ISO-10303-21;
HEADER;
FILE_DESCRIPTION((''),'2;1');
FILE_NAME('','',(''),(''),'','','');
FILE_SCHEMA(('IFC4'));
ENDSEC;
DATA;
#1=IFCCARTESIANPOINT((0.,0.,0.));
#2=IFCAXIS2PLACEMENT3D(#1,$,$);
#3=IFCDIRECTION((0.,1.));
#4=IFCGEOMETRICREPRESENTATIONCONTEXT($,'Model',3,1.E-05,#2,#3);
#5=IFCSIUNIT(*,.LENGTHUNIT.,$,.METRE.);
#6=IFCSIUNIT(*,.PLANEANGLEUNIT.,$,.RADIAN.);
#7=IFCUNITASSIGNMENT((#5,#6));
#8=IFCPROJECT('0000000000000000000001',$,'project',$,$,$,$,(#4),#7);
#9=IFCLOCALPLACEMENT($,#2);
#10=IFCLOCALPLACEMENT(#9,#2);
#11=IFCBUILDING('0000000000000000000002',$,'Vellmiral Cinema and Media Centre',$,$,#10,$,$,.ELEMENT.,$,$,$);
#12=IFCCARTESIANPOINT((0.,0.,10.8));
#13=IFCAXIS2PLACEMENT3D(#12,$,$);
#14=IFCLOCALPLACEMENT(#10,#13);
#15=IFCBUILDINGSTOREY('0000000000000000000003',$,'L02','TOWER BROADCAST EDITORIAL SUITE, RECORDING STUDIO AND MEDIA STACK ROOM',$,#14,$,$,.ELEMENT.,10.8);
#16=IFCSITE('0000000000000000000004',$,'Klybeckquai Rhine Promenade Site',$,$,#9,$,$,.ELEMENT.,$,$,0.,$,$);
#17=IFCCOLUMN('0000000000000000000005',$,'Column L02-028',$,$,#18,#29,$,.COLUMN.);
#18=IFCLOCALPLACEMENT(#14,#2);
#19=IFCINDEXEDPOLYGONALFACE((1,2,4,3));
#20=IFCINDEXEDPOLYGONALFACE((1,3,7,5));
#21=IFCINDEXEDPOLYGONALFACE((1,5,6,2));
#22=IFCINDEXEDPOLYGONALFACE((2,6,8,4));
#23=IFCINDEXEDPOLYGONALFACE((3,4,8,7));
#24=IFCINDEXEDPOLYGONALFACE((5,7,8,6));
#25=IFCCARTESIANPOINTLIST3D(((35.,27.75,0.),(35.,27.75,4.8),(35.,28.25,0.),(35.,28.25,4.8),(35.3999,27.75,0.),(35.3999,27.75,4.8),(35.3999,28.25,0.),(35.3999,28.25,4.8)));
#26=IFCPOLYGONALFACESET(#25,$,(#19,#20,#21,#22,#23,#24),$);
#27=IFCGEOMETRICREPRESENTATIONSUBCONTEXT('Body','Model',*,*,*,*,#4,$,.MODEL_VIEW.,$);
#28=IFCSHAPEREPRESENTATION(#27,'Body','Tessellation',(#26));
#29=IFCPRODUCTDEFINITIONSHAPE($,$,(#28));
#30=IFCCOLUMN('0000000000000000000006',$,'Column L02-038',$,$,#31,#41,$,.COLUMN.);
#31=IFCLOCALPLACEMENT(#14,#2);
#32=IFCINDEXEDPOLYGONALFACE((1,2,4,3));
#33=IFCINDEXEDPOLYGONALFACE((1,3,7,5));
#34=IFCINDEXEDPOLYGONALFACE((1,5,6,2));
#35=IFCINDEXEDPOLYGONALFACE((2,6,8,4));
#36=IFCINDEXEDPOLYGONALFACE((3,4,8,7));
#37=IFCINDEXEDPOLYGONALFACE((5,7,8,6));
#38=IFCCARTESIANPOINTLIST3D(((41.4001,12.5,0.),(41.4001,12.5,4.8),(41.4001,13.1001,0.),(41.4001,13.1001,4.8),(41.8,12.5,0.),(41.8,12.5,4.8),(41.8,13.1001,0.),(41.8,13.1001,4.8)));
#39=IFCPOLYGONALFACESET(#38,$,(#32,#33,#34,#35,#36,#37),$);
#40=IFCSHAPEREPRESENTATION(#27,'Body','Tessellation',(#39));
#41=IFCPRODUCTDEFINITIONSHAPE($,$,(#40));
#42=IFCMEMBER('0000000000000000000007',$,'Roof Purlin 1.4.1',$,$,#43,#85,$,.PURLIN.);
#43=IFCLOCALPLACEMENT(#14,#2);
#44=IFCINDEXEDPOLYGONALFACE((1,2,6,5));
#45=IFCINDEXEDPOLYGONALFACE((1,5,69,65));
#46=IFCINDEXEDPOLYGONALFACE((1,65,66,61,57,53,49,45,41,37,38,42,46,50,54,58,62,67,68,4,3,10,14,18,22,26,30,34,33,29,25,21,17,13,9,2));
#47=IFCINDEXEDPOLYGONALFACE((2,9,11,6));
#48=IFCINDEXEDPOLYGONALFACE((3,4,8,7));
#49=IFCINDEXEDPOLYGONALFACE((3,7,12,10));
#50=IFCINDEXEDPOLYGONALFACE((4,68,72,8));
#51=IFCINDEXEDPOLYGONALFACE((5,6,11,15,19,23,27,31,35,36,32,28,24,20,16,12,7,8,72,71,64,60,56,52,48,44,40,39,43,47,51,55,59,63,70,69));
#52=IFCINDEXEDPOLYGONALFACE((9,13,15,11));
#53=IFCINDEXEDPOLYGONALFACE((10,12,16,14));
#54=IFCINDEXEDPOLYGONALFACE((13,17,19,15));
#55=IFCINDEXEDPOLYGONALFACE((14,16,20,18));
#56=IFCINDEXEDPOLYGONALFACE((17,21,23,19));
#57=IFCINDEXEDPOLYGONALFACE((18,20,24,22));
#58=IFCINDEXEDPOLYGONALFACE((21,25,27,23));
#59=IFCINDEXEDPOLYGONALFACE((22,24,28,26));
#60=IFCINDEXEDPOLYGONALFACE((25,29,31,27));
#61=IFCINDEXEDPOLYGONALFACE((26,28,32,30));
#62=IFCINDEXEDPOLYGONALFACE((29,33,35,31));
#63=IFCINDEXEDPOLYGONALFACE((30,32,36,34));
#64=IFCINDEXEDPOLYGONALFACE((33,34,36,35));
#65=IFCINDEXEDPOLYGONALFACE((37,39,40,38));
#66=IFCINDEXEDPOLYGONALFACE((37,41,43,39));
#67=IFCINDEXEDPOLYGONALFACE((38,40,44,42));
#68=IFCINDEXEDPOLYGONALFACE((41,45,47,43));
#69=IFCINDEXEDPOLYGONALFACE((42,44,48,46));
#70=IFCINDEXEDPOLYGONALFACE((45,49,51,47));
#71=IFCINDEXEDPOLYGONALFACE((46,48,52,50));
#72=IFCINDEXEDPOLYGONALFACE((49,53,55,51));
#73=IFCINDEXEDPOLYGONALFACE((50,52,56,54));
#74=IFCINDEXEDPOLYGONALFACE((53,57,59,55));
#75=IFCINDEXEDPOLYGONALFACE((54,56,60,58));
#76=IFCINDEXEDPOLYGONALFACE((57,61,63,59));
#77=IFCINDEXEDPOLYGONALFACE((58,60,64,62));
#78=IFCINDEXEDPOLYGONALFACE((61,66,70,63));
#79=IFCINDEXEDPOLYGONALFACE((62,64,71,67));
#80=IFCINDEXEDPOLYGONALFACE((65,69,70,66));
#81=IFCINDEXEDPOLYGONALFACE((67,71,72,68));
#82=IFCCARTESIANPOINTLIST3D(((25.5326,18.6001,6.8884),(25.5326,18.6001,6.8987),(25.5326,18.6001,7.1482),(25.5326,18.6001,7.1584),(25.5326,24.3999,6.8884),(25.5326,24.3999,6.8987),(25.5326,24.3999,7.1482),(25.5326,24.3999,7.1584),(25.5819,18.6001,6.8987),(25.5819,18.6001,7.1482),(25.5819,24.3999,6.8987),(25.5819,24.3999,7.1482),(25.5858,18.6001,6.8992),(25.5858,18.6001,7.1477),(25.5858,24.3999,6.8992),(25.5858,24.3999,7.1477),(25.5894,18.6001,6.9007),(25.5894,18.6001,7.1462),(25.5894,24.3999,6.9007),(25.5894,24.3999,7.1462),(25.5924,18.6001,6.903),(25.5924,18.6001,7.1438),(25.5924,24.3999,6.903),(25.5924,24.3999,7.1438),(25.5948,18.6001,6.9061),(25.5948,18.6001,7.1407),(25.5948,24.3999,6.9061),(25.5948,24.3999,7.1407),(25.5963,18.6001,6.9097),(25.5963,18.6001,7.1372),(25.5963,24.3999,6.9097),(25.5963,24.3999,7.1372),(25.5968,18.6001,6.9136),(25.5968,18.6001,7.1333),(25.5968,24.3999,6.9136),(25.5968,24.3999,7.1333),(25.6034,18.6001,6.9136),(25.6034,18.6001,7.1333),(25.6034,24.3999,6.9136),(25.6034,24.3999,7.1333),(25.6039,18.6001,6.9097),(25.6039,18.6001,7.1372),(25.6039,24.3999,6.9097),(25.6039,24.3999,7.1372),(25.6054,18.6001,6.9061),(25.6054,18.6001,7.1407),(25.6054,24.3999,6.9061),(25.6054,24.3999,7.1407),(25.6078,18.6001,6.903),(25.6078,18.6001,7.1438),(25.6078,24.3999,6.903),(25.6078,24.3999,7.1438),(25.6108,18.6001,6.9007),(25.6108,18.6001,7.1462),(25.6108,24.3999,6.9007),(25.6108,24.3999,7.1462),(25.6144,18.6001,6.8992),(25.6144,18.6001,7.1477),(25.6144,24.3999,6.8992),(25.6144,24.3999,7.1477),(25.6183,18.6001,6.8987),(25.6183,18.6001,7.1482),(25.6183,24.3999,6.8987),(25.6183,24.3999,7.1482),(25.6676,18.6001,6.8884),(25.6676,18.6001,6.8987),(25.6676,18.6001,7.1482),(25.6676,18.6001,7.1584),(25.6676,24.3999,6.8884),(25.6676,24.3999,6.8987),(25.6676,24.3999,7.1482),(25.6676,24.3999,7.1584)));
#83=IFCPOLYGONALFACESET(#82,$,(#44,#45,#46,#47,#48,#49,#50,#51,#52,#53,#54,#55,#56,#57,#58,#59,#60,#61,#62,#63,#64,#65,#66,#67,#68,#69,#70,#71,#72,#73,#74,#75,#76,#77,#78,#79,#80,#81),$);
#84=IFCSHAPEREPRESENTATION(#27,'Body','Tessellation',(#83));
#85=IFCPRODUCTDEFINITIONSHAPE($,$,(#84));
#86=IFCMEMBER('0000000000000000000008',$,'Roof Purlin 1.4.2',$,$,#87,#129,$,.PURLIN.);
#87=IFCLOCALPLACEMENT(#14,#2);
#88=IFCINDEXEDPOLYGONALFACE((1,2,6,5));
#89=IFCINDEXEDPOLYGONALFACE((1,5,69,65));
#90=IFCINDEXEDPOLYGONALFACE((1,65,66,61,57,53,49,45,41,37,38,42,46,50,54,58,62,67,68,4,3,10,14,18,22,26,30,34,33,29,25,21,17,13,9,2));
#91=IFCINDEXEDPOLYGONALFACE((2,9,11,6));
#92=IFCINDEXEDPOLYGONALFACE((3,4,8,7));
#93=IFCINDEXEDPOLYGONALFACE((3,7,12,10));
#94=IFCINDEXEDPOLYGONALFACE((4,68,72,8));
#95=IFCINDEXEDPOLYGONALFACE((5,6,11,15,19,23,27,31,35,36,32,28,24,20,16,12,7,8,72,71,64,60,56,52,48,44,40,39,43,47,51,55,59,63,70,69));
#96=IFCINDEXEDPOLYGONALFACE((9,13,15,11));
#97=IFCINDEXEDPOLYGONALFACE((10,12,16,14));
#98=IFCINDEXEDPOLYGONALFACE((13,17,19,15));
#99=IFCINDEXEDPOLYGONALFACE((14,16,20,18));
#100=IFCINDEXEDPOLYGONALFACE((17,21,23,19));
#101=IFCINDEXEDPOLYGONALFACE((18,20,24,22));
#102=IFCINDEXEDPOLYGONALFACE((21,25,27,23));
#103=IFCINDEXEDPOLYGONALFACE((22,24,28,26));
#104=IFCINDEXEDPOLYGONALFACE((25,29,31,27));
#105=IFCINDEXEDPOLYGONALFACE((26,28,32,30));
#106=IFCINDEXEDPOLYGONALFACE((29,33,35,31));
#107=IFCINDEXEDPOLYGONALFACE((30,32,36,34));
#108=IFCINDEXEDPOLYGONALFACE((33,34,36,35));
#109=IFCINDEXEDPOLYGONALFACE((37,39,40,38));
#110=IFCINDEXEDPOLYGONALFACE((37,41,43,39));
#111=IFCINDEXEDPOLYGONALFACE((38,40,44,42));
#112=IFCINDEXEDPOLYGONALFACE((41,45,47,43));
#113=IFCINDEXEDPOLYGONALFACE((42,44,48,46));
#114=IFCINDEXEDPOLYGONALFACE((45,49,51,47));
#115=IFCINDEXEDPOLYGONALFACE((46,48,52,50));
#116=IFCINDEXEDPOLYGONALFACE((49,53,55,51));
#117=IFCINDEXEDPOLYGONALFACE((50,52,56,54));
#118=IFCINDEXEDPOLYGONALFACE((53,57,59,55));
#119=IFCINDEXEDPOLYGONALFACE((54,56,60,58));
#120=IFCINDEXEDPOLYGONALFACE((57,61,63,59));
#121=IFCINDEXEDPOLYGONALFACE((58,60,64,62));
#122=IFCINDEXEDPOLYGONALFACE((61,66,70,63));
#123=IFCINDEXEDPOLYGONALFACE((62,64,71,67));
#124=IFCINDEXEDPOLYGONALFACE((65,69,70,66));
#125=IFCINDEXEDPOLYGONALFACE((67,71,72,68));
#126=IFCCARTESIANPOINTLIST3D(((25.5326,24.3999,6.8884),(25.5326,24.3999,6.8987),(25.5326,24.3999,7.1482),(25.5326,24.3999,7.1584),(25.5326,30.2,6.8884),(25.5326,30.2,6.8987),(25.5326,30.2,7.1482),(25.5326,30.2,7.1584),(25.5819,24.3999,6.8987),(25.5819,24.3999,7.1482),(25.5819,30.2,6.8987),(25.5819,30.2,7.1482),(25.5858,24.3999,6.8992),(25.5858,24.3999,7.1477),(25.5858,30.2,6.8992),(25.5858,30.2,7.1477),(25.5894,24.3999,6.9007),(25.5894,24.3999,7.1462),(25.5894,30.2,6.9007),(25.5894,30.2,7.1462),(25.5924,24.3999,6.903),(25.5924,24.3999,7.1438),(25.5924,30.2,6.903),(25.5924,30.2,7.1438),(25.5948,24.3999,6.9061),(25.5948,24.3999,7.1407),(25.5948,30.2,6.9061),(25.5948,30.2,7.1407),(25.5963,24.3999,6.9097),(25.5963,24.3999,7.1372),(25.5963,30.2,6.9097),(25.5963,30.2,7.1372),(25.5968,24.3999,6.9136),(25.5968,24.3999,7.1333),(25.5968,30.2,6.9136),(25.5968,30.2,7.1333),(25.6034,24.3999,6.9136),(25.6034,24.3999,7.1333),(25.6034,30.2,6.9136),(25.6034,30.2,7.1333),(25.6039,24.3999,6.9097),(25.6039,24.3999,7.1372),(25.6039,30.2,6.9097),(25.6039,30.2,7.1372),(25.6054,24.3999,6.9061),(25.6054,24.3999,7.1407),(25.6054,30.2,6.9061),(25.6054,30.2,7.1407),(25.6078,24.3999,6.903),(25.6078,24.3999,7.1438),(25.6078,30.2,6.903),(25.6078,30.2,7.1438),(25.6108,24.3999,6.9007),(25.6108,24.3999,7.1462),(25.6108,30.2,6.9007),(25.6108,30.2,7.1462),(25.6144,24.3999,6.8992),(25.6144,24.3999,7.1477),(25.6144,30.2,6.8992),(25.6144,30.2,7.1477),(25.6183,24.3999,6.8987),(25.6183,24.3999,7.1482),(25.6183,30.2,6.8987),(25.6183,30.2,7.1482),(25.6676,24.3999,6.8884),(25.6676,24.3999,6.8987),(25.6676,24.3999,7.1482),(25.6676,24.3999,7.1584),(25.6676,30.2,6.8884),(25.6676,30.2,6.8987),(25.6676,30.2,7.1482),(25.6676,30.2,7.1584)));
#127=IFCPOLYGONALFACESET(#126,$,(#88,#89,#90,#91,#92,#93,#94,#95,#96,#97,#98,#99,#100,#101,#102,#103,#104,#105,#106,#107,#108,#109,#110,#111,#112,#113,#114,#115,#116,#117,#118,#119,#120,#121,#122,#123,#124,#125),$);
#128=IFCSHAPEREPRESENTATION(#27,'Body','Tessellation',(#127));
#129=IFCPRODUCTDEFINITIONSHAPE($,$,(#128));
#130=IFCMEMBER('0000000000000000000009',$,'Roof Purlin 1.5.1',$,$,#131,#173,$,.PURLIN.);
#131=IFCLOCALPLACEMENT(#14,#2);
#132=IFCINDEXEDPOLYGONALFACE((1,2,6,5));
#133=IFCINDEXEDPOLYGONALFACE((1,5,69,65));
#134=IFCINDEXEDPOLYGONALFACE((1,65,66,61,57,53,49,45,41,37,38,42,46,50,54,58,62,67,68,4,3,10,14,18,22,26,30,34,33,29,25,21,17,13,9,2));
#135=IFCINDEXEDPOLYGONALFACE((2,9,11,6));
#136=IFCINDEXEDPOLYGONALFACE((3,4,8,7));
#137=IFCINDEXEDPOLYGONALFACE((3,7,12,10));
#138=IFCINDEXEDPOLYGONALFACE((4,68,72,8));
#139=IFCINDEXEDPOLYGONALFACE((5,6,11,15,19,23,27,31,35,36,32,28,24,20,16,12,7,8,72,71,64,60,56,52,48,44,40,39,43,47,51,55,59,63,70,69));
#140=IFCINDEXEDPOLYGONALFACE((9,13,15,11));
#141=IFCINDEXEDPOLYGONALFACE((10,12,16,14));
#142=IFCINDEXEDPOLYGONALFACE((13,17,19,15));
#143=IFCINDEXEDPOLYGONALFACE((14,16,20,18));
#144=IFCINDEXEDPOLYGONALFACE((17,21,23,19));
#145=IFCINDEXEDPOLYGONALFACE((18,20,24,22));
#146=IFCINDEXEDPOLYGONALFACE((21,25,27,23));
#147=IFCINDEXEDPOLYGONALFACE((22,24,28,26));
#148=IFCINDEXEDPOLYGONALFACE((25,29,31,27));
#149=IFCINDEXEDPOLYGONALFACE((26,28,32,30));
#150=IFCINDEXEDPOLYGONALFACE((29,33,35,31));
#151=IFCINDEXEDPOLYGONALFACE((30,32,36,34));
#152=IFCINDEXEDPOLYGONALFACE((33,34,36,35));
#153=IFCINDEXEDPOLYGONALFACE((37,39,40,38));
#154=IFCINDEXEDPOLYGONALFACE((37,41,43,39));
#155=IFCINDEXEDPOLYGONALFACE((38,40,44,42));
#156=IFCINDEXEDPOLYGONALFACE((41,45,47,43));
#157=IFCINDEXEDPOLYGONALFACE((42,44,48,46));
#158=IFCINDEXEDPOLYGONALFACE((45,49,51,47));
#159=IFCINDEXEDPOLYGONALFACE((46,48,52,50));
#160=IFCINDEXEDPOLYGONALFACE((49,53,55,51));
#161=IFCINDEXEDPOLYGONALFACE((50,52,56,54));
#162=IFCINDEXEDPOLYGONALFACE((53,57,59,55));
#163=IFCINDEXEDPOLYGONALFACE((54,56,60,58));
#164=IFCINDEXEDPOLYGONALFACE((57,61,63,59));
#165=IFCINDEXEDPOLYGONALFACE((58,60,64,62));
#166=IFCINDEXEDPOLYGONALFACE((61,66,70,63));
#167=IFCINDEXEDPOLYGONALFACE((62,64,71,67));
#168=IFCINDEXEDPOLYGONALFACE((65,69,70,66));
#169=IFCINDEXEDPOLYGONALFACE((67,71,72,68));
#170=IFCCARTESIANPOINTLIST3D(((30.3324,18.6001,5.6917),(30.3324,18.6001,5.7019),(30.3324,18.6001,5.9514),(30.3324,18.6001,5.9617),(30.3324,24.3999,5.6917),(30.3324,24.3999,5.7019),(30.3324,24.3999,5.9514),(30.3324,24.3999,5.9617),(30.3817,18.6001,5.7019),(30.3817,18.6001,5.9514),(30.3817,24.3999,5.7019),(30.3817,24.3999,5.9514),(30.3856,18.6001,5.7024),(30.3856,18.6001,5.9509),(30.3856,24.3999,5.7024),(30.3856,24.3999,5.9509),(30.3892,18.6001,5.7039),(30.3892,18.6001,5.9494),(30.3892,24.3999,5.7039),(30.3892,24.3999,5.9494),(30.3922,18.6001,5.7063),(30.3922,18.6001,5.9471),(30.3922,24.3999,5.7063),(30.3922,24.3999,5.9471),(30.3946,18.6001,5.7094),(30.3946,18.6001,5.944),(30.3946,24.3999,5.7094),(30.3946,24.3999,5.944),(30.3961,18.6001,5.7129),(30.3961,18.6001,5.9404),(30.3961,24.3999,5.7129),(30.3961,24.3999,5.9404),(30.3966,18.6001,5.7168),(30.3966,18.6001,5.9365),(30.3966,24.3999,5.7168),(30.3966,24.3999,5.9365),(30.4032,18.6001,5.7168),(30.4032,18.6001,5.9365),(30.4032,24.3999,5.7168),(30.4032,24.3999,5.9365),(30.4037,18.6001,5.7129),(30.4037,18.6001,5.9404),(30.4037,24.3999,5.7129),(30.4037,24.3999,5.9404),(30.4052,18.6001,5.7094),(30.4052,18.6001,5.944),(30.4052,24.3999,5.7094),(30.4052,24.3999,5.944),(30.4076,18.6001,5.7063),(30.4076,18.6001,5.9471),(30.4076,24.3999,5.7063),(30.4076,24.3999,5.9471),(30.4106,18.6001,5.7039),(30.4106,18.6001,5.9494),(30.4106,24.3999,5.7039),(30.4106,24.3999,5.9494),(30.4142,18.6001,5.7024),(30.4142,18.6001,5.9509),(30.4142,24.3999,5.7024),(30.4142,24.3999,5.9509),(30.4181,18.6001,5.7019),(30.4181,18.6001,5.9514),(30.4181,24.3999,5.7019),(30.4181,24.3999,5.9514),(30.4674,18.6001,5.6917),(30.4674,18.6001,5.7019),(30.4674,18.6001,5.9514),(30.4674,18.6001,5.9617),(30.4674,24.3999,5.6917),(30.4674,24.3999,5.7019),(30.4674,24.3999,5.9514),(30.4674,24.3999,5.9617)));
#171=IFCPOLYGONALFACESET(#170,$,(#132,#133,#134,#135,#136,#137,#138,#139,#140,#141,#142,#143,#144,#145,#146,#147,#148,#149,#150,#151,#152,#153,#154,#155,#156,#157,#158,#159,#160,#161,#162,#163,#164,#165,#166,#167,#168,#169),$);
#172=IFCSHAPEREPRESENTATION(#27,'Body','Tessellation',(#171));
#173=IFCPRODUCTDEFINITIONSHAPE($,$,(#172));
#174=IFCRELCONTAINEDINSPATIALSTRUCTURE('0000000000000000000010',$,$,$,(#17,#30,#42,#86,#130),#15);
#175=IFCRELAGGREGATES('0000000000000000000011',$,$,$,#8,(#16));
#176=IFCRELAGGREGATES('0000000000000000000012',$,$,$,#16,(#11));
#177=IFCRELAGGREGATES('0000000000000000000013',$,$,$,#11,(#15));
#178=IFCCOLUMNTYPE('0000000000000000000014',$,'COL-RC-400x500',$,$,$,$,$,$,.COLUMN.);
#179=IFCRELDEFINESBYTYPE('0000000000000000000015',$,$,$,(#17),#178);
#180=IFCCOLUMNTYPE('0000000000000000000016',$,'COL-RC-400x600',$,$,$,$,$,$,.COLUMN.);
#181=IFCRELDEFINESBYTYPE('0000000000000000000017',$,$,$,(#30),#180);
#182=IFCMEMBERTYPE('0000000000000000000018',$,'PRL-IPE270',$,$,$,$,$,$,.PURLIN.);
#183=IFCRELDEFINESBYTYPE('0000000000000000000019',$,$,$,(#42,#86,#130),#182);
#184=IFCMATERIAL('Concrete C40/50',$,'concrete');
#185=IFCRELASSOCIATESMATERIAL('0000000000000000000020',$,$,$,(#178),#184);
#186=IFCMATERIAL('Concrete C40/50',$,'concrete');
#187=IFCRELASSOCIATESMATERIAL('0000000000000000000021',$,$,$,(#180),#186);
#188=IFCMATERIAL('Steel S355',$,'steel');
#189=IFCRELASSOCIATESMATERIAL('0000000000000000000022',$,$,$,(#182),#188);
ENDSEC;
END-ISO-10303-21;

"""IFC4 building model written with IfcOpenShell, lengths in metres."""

from ifc_helpers import new_model, si_unit, direction, frame, origin, origin_2d, place, context, subcontext, project, spatial, rectangle, i_section, extrude, material, material_profile, profile_set, type_object, element, save


model = new_model("IFC4")

# Units and contexts
model_context = context("Model", 3, precision=1e-05, world=origin(), true_north=direction((0.0, 1.0)))
body_context = subcontext(model_context, "Body", "Model", "MODEL_VIEW")
ifc_project = project(units=[si_unit("LENGTHUNIT", "METRE"), si_unit("PLANEANGLEUNIT", "RADIAN")], contexts=[model_context])

# Site, building, storey
site_placement = place(None, origin())
site = spatial("IfcSite", under=ifc_project, at=site_placement, Name="Klybeckquai Rhine Promenade Site", CompositionType="ELEMENT", RefElevation=0.0)
building_placement = place(site_placement, origin())
building = spatial("IfcBuilding", under=site, at=building_placement, Name="Vellmiral Cinema and Media Centre", CompositionType="ELEMENT")
storey_placement = place(building_placement, frame((0.0, 0.0, 10.8)))
storey = spatial("IfcBuildingStorey", under=building, at=storey_placement, Name="L02", Description="TOWER BROADCAST EDITORIAL SUITE, RECORDING STUDIO AND MEDIA STACK ROOM", CompositionType="ELEMENT", Elevation=10.8)

# Columns
ifc_material_1 = material(Name="Concrete C40/50", Category="concrete")
ifc_material_profile_1 = material_profile(ifc_material_1, rectangle(XDim=0.3999, YDim=0.5, at=origin_2d()), Name="RC 400x500")
ifc_profile_set_1 = profile_set([ifc_material_profile_1], Name="Concrete C40/50")
column_type_1 = type_object("IfcColumnType", Name="COL-RC-400x500", PredefinedType="COLUMN", material=ifc_profile_set_1)
column_1_placement = place(storey_placement, frame((35.2, 28.0, 0.0), z_axis=(0.0, 0.0, 1.0), x_axis=(1.0, 0.0, 0.0)))
element("IfcColumn", 1, at=column_1_placement, inside=storey, type_object=column_type_1, Name="Column L02-028", PredefinedType="COLUMN", context=body_context, shape_type="SweptSolid", body=[
    extrude(rectangle(XDim=0.3999, YDim=0.5, at=origin_2d()), origin(), (0.0, 0.0, 1.0), 4.8),
])
ifc_material_2 = material(Name="Concrete C40/50", Category="concrete")
ifc_material_profile_2 = material_profile(ifc_material_2, rectangle(XDim=0.3999, YDim=0.6001, at=origin_2d()), Name="RC 400x600")
ifc_profile_set_2 = profile_set([ifc_material_profile_2], Name="Concrete C40/50")
column_type_2 = type_object("IfcColumnType", Name="COL-RC-400x600", PredefinedType="COLUMN", material=ifc_profile_set_2)
column_2_placement = place(storey_placement, frame((41.6001, 12.8, 0.0), z_axis=(0.0, 0.0, 1.0), x_axis=(1.0, 0.0, 0.0)))
element("IfcColumn", 2, at=column_2_placement, inside=storey, type_object=column_type_2, Name="Column L02-038", PredefinedType="COLUMN", context=body_context, shape_type="SweptSolid", body=[
    extrude(rectangle(XDim=0.3999, YDim=0.6001, at=origin_2d()), origin(), (0.0, 0.0, 1.0), 4.8),
])

# Members
ifc_material_3 = material(Name="Steel S355", Category="steel")
ifc_material_profile_3 = material_profile(ifc_material_3, i_section(OverallWidth=0.135, OverallDepth=0.27, WebThickness=0.0066, FlangeThickness=0.0103, FilletRadius=0.0149, at=origin_2d()), Name="IPE 270")
ifc_profile_set_3 = profile_set([ifc_material_profile_3], Name="Steel S355")
member_type_1 = type_object("IfcMemberType", Name="PRL-IPE270", PredefinedType="PURLIN", material=ifc_profile_set_3)
member_1_placement = place(storey_placement, frame((25.6001, 18.6001, 7.0234), z_axis=(0.0, 1.0, 0.0), x_axis=(-1.0, 0.0, 0.0)))
element("IfcMember", 3, at=member_1_placement, inside=storey, type_object=member_type_1, Name="Roof Purlin 1.4.1", PredefinedType="PURLIN", context=body_context, shape_type="SweptSolid", body=[
    extrude(i_section(OverallWidth=0.135, OverallDepth=0.27, WebThickness=0.0066, FlangeThickness=0.0103, FilletRadius=0.0149, at=origin_2d()), origin(), (0.0, 0.0, 1.0), 5.7998),
])
member_2_placement = place(storey_placement, frame((25.6001, 24.3999, 7.0234), z_axis=(0.0, 1.0, 0.0), x_axis=(-1.0, 0.0, 0.0)))
element("IfcMember", 4, at=member_2_placement, inside=storey, type_object=member_type_1, Name="Roof Purlin 1.4.2", PredefinedType="PURLIN", context=body_context, shape_type="SweptSolid", body=[
    extrude(i_section(OverallWidth=0.135, OverallDepth=0.27, WebThickness=0.0066, FlangeThickness=0.0103, FilletRadius=0.0149, at=origin_2d()), origin(), (0.0, 0.0, 1.0), 5.8),
])
member_3_placement = place(storey_placement, frame((30.3999, 18.6001, 5.8267), z_axis=(0.0, 1.0, 0.0), x_axis=(-1.0, 0.0, 0.0)))
element("IfcMember", 5, at=member_3_placement, inside=storey, type_object=member_type_1, Name="Roof Purlin 1.5.1", PredefinedType="PURLIN", context=body_context, shape_type="SweptSolid", body=[
    extrude(i_section(OverallWidth=0.135, OverallDepth=0.27, WebThickness=0.0066, FlangeThickness=0.0103, FilletRadius=0.0149, at=origin_2d()), origin(), (0.0, 0.0, 1.0), 5.7998),
])

save(model, "model.ifc")
